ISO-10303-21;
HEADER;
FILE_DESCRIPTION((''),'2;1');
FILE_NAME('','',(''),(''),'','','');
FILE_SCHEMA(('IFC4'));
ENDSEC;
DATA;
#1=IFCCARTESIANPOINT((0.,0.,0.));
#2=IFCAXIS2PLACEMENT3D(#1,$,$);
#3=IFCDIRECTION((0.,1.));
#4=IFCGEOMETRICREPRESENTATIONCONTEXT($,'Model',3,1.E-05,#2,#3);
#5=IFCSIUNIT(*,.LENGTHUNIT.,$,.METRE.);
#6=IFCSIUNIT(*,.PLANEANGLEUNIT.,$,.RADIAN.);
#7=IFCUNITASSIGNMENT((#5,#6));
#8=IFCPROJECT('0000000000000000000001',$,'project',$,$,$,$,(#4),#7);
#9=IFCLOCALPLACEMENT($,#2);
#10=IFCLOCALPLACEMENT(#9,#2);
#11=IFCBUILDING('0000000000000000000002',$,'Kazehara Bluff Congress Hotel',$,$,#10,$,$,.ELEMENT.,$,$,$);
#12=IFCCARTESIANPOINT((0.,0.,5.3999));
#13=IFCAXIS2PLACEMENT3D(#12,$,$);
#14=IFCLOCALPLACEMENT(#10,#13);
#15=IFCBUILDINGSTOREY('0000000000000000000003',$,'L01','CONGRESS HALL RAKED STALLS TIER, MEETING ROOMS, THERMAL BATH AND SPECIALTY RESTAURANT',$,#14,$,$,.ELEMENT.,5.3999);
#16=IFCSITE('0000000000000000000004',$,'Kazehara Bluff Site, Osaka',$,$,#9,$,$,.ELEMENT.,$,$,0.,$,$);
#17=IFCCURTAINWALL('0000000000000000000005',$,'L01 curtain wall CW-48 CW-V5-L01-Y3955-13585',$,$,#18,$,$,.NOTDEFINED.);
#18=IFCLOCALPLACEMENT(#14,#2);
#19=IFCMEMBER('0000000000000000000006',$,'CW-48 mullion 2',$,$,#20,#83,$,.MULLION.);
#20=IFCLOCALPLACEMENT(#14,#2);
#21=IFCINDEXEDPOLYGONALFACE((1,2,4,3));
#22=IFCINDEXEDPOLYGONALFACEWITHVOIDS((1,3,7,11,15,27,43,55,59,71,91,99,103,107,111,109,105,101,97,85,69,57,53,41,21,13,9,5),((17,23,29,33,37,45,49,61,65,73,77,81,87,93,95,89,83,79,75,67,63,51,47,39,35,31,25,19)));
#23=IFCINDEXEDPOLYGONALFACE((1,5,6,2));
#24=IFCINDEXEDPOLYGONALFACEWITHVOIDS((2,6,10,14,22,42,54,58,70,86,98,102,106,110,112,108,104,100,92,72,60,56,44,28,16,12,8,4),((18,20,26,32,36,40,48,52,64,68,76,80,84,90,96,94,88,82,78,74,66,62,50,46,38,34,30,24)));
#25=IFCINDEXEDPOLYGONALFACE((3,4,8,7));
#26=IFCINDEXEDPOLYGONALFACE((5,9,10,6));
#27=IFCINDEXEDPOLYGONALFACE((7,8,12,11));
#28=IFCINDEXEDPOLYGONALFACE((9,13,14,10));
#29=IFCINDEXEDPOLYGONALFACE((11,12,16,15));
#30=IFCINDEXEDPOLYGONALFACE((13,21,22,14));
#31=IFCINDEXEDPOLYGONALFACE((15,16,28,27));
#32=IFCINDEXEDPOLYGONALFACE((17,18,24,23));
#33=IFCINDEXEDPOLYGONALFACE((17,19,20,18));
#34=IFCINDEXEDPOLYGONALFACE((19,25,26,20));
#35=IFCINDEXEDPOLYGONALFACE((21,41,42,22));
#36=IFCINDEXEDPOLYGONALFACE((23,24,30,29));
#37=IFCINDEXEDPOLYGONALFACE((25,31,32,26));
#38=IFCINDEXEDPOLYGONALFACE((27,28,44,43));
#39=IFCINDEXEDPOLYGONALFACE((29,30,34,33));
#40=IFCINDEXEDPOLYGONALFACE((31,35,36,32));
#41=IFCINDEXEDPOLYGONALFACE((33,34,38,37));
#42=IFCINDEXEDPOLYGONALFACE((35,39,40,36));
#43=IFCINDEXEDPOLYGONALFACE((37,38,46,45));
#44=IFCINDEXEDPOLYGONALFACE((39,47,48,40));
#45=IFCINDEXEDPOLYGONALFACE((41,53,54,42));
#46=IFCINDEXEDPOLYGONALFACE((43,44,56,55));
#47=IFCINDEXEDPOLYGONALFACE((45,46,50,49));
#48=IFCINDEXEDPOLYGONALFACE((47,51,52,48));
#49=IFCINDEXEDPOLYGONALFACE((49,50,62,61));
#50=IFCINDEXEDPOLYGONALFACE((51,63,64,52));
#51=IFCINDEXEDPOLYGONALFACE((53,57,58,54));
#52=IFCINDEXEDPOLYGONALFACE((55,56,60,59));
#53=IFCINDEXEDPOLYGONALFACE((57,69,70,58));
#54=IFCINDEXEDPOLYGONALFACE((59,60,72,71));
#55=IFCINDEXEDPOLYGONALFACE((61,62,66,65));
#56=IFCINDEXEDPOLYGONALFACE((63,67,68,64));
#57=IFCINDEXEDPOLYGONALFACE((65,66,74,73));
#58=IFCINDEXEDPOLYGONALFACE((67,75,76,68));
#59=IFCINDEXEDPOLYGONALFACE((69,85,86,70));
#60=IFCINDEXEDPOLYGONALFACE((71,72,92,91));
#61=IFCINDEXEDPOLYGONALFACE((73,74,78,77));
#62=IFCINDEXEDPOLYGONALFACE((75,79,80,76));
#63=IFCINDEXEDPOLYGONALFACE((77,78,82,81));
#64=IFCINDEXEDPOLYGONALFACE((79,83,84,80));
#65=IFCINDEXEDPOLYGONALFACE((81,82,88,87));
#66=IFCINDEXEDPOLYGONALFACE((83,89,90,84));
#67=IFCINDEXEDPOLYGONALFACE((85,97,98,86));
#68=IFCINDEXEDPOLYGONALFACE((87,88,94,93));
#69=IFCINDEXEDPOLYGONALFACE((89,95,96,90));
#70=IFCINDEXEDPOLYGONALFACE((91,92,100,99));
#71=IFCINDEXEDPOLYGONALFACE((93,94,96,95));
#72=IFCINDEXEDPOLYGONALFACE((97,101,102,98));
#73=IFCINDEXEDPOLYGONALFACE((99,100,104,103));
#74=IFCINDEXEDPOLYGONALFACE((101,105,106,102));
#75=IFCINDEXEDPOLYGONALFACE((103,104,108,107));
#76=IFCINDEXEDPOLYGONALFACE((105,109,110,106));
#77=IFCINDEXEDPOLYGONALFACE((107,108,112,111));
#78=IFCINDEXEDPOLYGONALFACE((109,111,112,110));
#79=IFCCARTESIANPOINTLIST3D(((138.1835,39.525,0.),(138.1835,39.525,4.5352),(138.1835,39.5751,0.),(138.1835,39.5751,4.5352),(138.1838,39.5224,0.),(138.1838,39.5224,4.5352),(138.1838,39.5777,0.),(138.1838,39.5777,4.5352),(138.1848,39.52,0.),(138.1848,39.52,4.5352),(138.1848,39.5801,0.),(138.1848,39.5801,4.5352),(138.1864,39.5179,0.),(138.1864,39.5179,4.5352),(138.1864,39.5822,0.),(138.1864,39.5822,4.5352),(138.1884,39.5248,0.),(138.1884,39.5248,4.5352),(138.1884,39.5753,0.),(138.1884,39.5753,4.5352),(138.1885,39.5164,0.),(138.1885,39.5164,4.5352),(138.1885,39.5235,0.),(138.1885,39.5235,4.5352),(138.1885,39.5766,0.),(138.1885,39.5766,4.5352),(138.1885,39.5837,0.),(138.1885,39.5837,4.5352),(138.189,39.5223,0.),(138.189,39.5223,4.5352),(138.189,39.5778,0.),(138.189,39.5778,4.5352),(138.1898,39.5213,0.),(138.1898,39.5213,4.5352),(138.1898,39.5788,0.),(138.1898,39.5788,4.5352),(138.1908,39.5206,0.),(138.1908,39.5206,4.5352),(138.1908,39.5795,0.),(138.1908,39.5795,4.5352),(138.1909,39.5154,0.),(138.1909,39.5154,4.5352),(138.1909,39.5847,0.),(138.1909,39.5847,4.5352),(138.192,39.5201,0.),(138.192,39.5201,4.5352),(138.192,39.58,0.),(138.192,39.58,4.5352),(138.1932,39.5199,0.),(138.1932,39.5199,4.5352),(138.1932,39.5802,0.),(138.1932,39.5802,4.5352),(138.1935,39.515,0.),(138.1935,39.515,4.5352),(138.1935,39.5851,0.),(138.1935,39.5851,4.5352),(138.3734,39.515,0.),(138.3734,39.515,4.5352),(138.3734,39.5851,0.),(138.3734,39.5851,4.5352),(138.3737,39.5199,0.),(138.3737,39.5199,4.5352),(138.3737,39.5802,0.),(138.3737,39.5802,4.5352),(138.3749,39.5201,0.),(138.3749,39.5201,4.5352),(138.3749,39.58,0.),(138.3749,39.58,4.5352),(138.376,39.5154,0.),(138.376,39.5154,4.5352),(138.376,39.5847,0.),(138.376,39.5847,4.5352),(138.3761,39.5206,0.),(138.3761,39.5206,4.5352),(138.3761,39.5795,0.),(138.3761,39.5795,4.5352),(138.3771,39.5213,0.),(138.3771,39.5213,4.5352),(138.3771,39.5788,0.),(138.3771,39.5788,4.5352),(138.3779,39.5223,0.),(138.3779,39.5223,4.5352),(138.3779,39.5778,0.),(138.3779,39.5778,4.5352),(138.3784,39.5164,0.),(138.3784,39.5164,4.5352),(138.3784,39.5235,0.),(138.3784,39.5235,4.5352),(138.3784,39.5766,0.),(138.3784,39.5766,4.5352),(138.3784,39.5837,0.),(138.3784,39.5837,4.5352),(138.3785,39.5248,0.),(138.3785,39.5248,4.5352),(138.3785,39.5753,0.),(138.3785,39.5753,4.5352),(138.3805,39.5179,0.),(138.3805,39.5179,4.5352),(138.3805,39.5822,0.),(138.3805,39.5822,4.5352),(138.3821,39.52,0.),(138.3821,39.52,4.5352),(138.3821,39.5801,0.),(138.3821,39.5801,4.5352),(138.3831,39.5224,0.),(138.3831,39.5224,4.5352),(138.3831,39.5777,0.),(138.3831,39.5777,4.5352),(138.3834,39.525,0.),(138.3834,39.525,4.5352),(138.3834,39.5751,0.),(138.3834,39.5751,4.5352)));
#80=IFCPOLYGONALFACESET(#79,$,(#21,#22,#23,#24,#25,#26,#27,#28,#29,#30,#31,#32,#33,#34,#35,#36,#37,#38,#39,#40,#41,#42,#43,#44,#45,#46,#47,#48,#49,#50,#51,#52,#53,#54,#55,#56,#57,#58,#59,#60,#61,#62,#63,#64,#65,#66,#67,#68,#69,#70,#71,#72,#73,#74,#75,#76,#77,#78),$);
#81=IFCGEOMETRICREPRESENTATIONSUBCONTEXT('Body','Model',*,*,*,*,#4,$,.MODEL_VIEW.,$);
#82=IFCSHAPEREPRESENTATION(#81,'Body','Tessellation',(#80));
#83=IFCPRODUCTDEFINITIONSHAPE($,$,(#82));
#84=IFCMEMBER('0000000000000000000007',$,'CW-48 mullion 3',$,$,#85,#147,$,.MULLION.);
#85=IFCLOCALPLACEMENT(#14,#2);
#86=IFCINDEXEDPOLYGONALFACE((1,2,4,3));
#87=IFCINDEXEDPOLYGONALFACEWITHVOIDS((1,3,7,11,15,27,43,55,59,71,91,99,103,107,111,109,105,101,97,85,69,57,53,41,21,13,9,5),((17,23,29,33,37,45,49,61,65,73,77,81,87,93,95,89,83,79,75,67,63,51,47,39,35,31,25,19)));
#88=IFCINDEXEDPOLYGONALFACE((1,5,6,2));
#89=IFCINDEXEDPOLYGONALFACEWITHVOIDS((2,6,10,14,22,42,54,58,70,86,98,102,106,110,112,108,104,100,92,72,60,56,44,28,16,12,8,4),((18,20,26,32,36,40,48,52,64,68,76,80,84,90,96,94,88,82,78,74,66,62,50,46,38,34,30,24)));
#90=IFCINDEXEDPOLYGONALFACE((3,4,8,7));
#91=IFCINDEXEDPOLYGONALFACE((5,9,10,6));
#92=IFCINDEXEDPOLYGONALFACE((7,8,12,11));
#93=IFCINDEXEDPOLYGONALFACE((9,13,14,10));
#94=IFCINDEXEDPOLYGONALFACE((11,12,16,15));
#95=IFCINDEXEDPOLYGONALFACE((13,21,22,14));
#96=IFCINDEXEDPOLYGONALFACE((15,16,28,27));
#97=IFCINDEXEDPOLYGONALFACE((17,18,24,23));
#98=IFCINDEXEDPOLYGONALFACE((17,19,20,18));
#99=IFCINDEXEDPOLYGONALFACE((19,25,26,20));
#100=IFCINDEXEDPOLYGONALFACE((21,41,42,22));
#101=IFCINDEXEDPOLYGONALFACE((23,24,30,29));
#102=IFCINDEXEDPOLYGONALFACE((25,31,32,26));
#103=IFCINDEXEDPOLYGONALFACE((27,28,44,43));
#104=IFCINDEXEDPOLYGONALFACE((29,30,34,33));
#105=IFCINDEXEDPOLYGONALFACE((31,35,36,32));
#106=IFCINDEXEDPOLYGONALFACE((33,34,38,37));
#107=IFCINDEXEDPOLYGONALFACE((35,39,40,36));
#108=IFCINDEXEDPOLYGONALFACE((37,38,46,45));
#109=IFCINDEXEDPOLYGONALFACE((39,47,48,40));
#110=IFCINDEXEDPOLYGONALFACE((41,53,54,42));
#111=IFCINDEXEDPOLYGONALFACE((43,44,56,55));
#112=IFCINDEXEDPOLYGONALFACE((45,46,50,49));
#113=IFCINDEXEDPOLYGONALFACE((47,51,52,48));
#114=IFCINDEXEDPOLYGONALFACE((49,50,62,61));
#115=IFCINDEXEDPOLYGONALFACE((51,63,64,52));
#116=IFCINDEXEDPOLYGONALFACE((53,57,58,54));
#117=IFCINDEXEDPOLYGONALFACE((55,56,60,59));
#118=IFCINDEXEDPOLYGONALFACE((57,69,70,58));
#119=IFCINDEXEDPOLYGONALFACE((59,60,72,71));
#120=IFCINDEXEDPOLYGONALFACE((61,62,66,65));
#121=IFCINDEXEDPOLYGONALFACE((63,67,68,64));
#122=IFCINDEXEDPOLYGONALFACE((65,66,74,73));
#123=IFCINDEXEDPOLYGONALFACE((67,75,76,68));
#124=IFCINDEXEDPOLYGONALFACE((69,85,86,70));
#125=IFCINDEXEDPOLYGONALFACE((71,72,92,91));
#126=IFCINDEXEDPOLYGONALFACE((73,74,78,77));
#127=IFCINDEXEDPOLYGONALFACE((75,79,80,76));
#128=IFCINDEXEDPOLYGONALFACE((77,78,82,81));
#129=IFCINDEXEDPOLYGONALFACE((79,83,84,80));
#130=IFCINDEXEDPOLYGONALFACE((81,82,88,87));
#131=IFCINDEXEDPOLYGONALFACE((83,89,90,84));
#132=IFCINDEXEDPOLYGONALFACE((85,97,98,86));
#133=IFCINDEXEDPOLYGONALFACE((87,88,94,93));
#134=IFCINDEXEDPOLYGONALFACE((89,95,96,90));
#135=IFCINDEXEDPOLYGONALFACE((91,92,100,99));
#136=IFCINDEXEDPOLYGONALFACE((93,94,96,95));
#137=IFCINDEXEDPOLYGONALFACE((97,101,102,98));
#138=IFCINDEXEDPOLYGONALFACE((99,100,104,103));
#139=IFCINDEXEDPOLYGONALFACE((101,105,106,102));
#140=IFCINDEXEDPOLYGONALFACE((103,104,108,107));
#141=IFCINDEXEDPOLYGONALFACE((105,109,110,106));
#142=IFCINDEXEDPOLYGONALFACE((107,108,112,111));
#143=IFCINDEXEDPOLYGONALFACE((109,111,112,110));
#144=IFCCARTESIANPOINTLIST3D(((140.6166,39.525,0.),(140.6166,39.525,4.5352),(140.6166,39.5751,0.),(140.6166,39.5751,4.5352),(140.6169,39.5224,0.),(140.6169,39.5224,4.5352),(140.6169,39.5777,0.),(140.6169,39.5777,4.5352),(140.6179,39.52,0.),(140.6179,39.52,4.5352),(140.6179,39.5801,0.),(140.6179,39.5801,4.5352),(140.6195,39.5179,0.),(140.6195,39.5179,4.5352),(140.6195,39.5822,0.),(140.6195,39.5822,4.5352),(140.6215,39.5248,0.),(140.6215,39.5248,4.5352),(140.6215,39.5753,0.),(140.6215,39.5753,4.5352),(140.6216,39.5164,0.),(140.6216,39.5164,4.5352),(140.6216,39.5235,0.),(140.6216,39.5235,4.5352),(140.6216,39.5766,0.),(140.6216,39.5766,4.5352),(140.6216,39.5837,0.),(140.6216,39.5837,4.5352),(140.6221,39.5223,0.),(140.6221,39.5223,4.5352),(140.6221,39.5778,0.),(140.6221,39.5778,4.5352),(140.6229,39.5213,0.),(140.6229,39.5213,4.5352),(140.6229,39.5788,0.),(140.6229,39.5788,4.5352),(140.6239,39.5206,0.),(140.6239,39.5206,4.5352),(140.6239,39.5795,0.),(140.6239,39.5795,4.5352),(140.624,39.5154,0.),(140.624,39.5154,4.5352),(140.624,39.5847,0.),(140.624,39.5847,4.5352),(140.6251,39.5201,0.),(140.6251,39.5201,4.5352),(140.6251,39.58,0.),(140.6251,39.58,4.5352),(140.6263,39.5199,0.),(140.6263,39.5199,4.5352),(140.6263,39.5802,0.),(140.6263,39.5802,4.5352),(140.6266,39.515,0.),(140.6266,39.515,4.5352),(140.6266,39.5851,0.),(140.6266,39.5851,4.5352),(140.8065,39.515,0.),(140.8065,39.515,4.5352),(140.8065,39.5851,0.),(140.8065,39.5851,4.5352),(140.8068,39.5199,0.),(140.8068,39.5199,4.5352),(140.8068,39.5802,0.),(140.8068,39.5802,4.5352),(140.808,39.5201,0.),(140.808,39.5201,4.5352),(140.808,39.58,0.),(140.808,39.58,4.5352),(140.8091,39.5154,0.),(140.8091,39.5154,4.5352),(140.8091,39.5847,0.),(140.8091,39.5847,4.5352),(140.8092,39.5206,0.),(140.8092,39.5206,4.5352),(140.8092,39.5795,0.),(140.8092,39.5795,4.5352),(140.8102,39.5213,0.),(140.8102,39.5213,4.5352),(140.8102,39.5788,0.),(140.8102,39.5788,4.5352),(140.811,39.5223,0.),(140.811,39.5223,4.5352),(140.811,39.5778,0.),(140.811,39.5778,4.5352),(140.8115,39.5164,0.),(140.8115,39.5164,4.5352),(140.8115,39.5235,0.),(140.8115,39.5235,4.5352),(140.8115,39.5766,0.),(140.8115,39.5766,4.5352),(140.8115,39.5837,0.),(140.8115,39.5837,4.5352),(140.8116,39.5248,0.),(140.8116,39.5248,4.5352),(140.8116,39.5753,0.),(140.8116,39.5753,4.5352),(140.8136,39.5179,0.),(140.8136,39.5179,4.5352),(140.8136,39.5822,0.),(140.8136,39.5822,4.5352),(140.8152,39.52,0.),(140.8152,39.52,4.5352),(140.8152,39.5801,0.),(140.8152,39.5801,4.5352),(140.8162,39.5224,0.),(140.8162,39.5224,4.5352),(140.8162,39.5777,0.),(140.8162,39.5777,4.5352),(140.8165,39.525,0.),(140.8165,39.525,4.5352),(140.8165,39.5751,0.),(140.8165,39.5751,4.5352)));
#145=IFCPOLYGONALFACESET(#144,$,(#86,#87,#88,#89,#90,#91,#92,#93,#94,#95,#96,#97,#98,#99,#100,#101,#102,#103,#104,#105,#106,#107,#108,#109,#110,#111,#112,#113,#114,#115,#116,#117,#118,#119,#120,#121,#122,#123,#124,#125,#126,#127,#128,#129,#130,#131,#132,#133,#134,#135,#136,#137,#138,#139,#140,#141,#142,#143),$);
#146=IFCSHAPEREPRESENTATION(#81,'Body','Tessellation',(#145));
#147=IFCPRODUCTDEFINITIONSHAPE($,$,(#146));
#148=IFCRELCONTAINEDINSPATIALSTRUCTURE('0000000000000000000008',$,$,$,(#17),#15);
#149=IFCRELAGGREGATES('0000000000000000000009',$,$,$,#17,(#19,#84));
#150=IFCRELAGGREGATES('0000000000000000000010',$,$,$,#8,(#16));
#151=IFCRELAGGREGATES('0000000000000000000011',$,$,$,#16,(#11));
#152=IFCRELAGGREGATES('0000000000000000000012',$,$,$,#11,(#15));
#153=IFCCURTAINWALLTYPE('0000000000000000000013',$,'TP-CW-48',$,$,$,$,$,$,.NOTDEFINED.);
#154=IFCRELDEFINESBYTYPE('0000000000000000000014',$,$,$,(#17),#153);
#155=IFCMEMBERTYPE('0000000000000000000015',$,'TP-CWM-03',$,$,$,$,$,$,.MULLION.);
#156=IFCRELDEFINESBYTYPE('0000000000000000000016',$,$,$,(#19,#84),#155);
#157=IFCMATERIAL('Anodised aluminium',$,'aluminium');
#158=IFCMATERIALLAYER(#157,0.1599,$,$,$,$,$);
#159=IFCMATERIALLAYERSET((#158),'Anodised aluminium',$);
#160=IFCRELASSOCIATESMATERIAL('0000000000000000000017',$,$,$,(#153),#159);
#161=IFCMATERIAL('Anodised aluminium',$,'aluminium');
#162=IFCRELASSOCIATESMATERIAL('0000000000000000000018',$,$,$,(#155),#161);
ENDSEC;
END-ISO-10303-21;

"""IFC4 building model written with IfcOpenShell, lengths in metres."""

from ifc_helpers import new_model, si_unit, direction, frame, origin, origin_2d, place, context, subcontext, project, spatial, hollow_rectangle, extrude, material, layer, layer_set, material_profile, profile_set, type_object, element, aggregate, save


model = new_model("IFC4")

# Units and contexts
model_context = context("Model", 3, precision=1e-05, world=origin(), true_north=direction((0.0, 1.0)))
body_context = subcontext(model_context, "Body", "Model", "MODEL_VIEW")
ifc_project = project(units=[si_unit("LENGTHUNIT", "METRE"), si_unit("PLANEANGLEUNIT", "RADIAN")], contexts=[model_context])

# Site, building, storey
site_placement = place(None, origin())
site = spatial("IfcSite", under=ifc_project, at=site_placement, Name="Kazehara Bluff Site, Osaka", CompositionType="ELEMENT", RefElevation=0.0)
building_placement = place(site_placement, origin())
building = spatial("IfcBuilding", under=site, at=building_placement, Name="Kazehara Bluff Congress Hotel", CompositionType="ELEMENT")
storey_placement = place(building_placement, frame((0.0, 0.0, 5.3999)))
storey = spatial("IfcBuildingStorey", under=building, at=storey_placement, Name="L01", Description="CONGRESS HALL RAKED STALLS TIER, MEETING ROOMS, THERMAL BATH AND SPECIALTY RESTAURANT", CompositionType="ELEMENT", Elevation=5.3999)

# Shared definitions
ifc_material_1 = material(Name="Anodised aluminium", Category="aluminium")
ifc_layer_1 = layer(ifc_material_1, 0.1599)
ifc_layer_set_1 = layer_set([ifc_layer_1], Name="Anodised aluminium")
curtain_wall_type = type_object("IfcCurtainWallType", Name="TP-CW-48", PredefinedType="NOTDEFINED", material=ifc_layer_set_1)
ifc_material_2 = material(Name="Anodised aluminium", Category="aluminium")
ifc_material_profile_1 = material_profile(ifc_material_2, hollow_rectangle(XDim=0.0701, YDim=0.2, WallThickness=0.0049, InnerFilletRadius=0.0049, OuterFilletRadius=0.01, at=origin_2d()))
ifc_profile_set_1 = profile_set([ifc_material_profile_1], Name="Anodised aluminium")
member_type_1 = type_object("IfcMemberType", Name="TP-CWM-03", PredefinedType="MULLION", material=ifc_profile_set_1)

# Curtain wall, members
curtain_wall_1_placement = place(storey_placement, origin())
curtain_wall_1 = element("IfcCurtainWall", 1, at=curtain_wall_1_placement, inside=storey, type_object=curtain_wall_type, Name="L01 curtain wall CW-48 CW-V5-L01-Y3955-13585", PredefinedType="NOTDEFINED")
member_1_placement = place(storey_placement, frame((138.2834, 39.55, 0.0), z_axis=(0.0, 0.0, 1.0), x_axis=(0.0, 1.0, 0.0)))
member_1 = element("IfcMember", 2, at=member_1_placement, type_object=member_type_1, Name="CW-48 mullion 2", PredefinedType="MULLION", context=body_context, shape_type="SweptSolid", body=[
    extrude(hollow_rectangle(XDim=0.0701, YDim=0.2, WallThickness=0.0049, InnerFilletRadius=0.0049, OuterFilletRadius=0.01, at=origin_2d()), origin(), (0.0, 0.0, 1.0), 4.5352),
])
member_2_placement = place(storey_placement, frame((140.7166, 39.55, 0.0), z_axis=(0.0, 0.0, 1.0), x_axis=(0.0, 1.0, 0.0)))
member_2 = element("IfcMember", 3, at=member_2_placement, type_object=member_type_1, Name="CW-48 mullion 3", PredefinedType="MULLION", context=body_context, shape_type="SweptSolid", body=[
    extrude(hollow_rectangle(XDim=0.0701, YDim=0.2, WallThickness=0.0049, InnerFilletRadius=0.0049, OuterFilletRadius=0.01, at=origin_2d()), origin(), (0.0, 0.0, 1.0), 4.5352),
])

aggregate(curtain_wall_1, [member_1, member_2])

save(model, "model.ifc")
